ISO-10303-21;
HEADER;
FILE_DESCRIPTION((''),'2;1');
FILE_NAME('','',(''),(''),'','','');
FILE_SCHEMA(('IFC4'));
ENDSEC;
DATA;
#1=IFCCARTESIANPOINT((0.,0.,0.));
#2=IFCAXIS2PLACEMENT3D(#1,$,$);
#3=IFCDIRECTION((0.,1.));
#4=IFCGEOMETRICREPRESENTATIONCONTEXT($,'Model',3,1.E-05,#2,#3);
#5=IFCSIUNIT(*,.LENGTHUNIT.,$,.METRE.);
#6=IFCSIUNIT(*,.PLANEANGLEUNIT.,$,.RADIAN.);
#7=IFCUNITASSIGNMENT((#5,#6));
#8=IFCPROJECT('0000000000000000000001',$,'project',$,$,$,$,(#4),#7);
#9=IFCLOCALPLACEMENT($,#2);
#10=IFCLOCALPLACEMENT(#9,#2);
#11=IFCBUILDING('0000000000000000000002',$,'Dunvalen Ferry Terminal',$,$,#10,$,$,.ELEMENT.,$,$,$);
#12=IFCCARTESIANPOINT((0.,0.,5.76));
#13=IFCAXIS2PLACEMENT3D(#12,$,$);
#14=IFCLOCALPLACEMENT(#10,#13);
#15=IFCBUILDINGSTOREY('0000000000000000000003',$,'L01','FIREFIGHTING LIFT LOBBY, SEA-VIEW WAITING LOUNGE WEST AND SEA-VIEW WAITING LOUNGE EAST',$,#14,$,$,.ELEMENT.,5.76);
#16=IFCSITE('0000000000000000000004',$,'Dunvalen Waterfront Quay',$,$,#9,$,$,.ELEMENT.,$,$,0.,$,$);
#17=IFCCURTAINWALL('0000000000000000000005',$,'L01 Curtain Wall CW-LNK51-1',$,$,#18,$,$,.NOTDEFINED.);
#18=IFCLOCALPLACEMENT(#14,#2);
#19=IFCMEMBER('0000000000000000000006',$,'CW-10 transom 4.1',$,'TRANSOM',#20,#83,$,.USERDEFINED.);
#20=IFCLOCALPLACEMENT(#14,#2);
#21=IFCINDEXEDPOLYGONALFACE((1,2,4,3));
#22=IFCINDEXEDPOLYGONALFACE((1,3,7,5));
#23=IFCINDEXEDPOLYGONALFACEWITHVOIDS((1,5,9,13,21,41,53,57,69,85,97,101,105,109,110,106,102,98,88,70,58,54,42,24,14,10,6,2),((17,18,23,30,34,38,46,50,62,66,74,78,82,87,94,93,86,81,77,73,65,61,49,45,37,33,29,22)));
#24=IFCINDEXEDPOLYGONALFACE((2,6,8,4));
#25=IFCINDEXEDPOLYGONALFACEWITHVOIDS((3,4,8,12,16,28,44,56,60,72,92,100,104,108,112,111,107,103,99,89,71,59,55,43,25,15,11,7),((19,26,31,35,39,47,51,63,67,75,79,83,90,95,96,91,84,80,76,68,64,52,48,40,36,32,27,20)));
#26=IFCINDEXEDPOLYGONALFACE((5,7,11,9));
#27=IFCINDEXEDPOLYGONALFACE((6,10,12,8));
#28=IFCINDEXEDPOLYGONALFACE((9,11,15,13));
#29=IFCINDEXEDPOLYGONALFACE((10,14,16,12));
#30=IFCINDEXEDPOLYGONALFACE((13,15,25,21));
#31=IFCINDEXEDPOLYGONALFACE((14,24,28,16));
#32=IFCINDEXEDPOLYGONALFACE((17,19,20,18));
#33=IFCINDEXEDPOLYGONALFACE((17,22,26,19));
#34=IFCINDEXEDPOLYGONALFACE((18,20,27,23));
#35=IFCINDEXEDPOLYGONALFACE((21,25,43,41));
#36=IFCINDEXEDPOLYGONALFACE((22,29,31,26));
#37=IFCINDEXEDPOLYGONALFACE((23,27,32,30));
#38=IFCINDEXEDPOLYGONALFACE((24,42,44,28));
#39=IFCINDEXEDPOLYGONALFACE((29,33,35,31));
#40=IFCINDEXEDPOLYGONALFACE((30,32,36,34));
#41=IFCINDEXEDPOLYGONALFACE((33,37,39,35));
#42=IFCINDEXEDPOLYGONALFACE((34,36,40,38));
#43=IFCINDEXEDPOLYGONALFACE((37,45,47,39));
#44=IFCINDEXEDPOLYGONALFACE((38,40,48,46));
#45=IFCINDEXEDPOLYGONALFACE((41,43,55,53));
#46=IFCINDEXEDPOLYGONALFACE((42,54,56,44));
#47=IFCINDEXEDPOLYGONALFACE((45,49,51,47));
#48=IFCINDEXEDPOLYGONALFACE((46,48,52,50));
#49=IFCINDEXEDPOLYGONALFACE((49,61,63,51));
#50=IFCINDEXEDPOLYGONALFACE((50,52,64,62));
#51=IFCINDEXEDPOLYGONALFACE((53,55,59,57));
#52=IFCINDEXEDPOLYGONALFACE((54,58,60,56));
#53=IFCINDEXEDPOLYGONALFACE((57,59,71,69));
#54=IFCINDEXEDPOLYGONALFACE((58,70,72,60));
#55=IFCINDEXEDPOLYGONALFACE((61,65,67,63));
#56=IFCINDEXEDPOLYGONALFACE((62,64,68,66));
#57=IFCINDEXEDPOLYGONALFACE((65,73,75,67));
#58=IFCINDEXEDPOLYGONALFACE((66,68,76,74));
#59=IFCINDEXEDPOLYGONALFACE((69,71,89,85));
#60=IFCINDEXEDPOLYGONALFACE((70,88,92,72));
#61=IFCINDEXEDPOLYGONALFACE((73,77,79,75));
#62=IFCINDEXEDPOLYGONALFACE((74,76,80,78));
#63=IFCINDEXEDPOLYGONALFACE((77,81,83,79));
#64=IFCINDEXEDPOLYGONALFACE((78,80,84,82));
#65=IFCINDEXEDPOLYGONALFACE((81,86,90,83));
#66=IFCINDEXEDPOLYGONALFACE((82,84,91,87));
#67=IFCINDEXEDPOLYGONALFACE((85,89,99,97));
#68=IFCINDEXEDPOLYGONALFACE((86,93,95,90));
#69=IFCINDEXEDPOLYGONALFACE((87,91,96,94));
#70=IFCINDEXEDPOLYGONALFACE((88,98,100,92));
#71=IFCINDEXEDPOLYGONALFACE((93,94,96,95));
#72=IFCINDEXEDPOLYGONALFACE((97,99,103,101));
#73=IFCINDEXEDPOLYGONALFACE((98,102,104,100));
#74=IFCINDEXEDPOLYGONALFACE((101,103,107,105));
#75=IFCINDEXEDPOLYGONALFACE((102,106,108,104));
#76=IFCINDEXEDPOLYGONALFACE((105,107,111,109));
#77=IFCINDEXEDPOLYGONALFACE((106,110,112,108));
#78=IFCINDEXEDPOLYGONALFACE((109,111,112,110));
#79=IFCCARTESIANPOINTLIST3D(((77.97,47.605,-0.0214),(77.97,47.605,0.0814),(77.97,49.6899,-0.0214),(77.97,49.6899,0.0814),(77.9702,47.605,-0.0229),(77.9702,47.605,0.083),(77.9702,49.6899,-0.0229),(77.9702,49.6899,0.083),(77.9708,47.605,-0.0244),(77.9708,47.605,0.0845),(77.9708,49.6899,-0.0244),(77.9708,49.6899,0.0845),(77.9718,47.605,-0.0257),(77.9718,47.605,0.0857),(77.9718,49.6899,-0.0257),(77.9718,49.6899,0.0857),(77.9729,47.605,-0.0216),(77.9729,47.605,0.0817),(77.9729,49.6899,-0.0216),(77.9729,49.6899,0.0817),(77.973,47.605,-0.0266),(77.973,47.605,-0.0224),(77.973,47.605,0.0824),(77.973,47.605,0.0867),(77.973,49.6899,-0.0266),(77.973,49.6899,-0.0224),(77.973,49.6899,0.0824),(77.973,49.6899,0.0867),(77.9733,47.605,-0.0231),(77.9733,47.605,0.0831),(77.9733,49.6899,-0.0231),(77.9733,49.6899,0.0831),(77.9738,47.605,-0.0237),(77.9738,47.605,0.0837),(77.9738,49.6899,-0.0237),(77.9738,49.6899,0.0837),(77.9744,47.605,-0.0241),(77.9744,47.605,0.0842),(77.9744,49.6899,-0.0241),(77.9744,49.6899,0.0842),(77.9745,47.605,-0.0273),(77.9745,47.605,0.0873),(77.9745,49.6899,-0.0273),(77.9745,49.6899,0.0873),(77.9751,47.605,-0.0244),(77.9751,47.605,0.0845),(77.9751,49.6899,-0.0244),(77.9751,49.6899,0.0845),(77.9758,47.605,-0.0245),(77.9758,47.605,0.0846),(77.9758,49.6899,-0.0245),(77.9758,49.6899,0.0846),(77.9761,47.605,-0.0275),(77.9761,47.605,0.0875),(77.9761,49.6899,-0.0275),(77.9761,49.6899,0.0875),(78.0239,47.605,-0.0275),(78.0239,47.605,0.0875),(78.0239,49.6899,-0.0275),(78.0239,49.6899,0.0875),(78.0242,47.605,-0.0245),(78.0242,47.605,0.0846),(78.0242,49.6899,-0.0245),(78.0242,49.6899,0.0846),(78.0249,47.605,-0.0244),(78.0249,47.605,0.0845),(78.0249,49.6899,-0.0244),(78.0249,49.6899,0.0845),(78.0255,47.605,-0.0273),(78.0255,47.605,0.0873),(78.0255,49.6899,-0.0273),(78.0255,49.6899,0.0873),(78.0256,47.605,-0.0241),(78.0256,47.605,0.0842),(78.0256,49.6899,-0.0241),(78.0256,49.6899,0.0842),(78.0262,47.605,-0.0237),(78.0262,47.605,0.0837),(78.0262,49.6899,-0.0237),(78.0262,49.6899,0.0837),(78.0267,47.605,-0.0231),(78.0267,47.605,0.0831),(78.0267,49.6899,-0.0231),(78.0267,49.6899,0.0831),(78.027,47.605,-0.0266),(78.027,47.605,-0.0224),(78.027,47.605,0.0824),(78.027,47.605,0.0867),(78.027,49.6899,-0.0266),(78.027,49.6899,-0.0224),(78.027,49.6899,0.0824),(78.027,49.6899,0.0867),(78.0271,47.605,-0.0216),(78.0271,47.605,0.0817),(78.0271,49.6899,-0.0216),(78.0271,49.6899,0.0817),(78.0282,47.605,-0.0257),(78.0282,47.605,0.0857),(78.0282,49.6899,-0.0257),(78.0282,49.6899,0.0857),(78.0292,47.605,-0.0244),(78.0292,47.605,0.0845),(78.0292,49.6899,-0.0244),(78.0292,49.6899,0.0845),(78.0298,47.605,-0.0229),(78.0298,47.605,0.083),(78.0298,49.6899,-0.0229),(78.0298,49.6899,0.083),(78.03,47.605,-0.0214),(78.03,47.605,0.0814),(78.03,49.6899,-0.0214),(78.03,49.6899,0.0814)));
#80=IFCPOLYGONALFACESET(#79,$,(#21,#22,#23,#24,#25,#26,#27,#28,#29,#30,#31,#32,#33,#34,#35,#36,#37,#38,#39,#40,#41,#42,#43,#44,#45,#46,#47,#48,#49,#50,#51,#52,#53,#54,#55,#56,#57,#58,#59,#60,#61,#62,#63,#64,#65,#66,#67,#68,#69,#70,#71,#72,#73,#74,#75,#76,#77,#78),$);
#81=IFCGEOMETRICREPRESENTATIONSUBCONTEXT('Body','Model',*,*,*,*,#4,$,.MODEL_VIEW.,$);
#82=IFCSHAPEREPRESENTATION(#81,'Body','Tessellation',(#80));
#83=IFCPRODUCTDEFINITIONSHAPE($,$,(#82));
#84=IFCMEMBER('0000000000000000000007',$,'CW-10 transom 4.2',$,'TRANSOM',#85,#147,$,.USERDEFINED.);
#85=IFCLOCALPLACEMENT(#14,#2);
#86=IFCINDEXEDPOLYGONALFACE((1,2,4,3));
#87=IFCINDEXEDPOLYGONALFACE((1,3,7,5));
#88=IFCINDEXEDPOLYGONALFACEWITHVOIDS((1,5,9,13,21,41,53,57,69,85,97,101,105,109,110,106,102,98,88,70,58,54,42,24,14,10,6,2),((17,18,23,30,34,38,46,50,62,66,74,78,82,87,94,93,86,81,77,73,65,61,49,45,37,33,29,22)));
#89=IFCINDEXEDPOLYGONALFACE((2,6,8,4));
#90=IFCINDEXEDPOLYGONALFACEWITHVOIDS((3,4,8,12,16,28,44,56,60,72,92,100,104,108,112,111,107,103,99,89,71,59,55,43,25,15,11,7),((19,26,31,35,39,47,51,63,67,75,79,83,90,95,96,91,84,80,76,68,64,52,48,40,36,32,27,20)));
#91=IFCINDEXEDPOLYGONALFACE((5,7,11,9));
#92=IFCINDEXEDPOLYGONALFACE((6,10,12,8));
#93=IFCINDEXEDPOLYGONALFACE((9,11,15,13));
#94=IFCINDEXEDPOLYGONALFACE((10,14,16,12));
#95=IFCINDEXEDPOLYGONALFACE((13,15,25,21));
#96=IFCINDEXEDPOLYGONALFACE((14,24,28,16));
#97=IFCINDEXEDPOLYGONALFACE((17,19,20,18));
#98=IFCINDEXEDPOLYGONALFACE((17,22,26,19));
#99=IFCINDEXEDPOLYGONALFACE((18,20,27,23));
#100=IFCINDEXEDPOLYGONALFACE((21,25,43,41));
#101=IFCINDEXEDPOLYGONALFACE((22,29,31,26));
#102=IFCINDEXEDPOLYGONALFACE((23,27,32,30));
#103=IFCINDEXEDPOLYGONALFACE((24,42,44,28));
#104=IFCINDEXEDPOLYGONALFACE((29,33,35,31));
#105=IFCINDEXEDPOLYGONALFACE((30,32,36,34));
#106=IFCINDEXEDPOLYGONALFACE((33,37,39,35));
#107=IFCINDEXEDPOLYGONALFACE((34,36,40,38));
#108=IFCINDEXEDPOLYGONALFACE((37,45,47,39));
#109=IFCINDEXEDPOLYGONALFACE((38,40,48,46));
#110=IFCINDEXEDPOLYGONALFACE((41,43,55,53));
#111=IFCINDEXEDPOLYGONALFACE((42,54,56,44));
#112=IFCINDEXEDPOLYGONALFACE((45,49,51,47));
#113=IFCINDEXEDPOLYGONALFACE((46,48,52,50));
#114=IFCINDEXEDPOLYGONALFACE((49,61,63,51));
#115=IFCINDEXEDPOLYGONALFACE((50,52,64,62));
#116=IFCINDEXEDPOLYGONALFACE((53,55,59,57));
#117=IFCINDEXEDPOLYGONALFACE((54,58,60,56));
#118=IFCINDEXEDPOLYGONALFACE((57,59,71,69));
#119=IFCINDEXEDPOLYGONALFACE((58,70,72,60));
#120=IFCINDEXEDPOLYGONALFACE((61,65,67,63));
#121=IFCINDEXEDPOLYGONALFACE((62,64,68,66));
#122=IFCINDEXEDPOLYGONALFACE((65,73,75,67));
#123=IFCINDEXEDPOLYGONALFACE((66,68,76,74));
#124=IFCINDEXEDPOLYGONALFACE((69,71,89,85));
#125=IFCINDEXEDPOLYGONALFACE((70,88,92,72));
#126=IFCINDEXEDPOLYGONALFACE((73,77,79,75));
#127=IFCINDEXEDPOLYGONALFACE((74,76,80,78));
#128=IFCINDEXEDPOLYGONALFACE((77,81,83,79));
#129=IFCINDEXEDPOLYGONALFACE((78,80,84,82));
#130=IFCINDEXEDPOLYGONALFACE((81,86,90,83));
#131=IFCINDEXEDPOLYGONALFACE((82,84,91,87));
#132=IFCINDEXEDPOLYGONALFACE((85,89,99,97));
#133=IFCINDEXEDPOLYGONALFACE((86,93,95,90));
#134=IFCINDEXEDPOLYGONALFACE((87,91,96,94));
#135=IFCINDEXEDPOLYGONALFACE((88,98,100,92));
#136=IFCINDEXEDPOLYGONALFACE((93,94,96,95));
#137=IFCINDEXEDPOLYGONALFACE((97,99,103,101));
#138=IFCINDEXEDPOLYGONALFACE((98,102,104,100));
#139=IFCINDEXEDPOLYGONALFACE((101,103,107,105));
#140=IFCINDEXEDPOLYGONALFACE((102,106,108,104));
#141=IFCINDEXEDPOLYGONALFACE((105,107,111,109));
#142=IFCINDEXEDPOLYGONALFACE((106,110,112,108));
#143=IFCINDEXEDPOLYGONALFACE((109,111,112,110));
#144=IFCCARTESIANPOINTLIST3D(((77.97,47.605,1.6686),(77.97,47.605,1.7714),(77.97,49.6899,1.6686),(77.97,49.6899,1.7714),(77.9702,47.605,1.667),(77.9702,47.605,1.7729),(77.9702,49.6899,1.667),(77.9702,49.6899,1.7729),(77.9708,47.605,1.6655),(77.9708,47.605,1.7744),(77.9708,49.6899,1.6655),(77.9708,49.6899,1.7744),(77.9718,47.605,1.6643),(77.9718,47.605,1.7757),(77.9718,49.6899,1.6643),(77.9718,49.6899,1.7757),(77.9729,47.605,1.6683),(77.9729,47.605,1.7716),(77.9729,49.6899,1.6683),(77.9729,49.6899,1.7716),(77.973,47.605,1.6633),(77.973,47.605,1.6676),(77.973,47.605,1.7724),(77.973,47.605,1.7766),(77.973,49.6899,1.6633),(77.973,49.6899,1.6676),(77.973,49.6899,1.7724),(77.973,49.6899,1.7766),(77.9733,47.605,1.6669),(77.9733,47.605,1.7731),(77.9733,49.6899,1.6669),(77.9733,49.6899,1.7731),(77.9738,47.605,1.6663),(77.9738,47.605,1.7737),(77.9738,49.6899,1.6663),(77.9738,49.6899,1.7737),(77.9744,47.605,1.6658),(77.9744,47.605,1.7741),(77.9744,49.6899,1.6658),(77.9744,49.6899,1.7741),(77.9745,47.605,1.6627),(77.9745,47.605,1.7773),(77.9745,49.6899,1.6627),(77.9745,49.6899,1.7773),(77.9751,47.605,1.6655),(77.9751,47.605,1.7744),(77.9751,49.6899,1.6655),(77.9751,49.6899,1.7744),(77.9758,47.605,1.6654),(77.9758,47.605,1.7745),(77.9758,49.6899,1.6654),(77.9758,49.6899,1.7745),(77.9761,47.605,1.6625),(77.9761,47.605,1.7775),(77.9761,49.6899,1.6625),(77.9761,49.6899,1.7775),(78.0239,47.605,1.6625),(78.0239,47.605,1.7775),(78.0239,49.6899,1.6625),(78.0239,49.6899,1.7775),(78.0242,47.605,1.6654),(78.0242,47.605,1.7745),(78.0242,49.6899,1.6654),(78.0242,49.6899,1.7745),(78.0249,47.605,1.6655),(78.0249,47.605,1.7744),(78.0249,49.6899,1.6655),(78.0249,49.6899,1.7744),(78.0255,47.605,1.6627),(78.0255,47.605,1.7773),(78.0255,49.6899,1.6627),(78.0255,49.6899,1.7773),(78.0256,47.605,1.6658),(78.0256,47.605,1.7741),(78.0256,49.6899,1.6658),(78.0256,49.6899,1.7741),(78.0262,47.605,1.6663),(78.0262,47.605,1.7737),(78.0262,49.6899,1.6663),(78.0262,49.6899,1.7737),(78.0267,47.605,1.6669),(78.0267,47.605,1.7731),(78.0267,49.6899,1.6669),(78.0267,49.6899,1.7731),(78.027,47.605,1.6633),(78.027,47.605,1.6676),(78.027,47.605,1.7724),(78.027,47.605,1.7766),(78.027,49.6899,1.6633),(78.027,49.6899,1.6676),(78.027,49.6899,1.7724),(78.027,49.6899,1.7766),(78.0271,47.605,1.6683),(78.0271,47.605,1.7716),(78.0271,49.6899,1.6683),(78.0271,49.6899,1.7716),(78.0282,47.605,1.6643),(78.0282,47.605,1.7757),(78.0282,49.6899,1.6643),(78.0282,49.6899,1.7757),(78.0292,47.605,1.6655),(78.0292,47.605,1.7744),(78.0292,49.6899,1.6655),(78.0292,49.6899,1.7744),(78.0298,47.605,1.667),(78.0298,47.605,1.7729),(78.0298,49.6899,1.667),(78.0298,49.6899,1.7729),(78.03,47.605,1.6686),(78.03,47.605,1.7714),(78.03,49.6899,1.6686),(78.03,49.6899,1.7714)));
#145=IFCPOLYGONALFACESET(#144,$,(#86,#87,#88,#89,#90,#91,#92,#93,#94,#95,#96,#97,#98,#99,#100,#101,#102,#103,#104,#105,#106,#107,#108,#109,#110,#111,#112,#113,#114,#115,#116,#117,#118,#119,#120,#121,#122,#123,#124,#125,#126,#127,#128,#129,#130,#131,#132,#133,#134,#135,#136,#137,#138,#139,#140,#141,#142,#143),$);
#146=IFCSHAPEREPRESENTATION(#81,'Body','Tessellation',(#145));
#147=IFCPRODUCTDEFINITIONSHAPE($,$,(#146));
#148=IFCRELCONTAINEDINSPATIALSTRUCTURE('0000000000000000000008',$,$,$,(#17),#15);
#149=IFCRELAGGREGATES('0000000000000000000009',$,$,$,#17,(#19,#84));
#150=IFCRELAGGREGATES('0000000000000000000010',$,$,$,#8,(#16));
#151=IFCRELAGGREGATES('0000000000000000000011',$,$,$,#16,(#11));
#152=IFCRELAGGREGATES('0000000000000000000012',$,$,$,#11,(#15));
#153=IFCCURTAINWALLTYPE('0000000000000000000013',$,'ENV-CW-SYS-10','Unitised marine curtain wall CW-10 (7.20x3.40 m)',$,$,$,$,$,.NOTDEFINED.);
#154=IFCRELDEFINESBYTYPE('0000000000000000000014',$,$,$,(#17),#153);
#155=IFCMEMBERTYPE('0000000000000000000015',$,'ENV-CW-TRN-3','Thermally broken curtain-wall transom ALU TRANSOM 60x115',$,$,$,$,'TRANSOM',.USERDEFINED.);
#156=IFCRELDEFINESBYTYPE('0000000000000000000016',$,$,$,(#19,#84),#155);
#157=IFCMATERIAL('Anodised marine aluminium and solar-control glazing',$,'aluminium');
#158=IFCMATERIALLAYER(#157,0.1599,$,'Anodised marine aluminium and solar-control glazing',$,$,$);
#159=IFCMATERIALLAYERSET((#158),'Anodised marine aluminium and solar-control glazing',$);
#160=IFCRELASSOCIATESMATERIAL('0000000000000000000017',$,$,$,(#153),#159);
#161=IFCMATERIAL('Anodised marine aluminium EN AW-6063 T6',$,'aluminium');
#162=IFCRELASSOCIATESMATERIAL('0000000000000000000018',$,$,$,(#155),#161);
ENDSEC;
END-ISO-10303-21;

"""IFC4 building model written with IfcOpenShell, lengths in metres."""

from ifc_helpers import new_model, si_unit, direction, frame, origin, origin_2d, place, context, subcontext, project, spatial, hollow_rectangle, extrude, material, layer, layer_set, material_profile, profile_set, type_object, element, aggregate, save


model = new_model("IFC4")

# Units and contexts
model_context = context("Model", 3, precision=1e-05, world=origin(), true_north=direction((0.0, 1.0)))
body_context = subcontext(model_context, "Body", "Model", "MODEL_VIEW")
ifc_project = project(units=[si_unit("LENGTHUNIT", "METRE"), si_unit("PLANEANGLEUNIT", "RADIAN")], contexts=[model_context])

# Site, building, storey
site_placement = place(None, origin())
site = spatial("IfcSite", under=ifc_project, at=site_placement, Name="Dunvalen Waterfront Quay", CompositionType="ELEMENT", RefElevation=0.0)
building_placement = place(site_placement, origin())
building = spatial("IfcBuilding", under=site, at=building_placement, Name="Dunvalen Ferry Terminal", CompositionType="ELEMENT")
storey_placement = place(building_placement, frame((0.0, 0.0, 5.76)))
storey = spatial("IfcBuildingStorey", under=building, at=storey_placement, Name="L01", Description="FIREFIGHTING LIFT LOBBY, SEA-VIEW WAITING LOUNGE WEST AND SEA-VIEW WAITING LOUNGE EAST", CompositionType="ELEMENT", Elevation=5.76)

# Curtain wall
ifc_material_1 = material(Name="Anodised marine aluminium and solar-control glazing", Category="aluminium")
ifc_layer_1 = layer(ifc_material_1, 0.1599, Name="Anodised marine aluminium and solar-control glazing")
ifc_layer_set_1 = layer_set([ifc_layer_1], Name="Anodised marine aluminium and solar-control glazing")
curtain_wall_type_1 = type_object("IfcCurtainWallType", Name="ENV-CW-SYS-10", Description="Unitised marine curtain wall CW-10 (7.20x3.40 m)", PredefinedType="NOTDEFINED", material=ifc_layer_set_1)
curtain_wall_1_placement = place(storey_placement, origin())
curtain_wall_1 = element("IfcCurtainWall", 1, at=curtain_wall_1_placement, inside=storey, type_object=curtain_wall_type_1, Name="L01 Curtain Wall CW-LNK51-1", PredefinedType="NOTDEFINED")
ifc_material_2 = material(Name="Anodised marine aluminium EN AW-6063 T6", Category="aluminium")

# Members
ifc_material_profile_1 = material_profile(ifc_material_2, hollow_rectangle(XDim=0.0601, YDim=0.115, WallThickness=0.0029, InnerFilletRadius=0.0029, OuterFilletRadius=0.0061, at=origin_2d()), Name="Anodised marine aluminium EN AW-6063 T6")
ifc_profile_set_1 = profile_set([ifc_material_profile_1], Name="Anodised marine aluminium EN AW-6063 T6")
member_type_1 = type_object("IfcMemberType", Name="ENV-CW-TRN-3", Description="Thermally broken curtain-wall transom ALU TRANSOM 60x115", ElementType="TRANSOM", PredefinedType="USERDEFINED", material=ifc_profile_set_1)
member_1_placement = place(storey_placement, frame((78.0, 47.605, 0.03), z_axis=(0.0, 1.0, 0.0), x_axis=(-1.0, 0.0, 0.0)))
member_1 = element("IfcMember", 2, at=member_1_placement, type_object=member_type_1, Name="CW-10 transom 4.1", ObjectType="TRANSOM", PredefinedType="USERDEFINED", context=body_context, shape_type="SweptSolid", body=[
    extrude(hollow_rectangle(XDim=0.0601, YDim=0.115, WallThickness=0.0029, InnerFilletRadius=0.0029, OuterFilletRadius=0.0061, at=origin_2d()), origin(), (0.0, 0.0, 1.0), 2.085),
])
member_2_placement = place(storey_placement, frame((78.0, 47.605, 1.72), z_axis=(0.0, 1.0, 0.0), x_axis=(-1.0, 0.0, 0.0)))
member_2 = element("IfcMember", 3, at=member_2_placement, type_object=member_type_1, Name="CW-10 transom 4.2", ObjectType="TRANSOM", PredefinedType="USERDEFINED", context=body_context, shape_type="SweptSolid", body=[
    extrude(hollow_rectangle(XDim=0.0601, YDim=0.115, WallThickness=0.0029, InnerFilletRadius=0.0029, OuterFilletRadius=0.0061, at=origin_2d()), origin(), (0.0, 0.0, 1.0), 2.085),
])

aggregate(curtain_wall_1, [member_1, member_2])

save(model, "model.ifc")
